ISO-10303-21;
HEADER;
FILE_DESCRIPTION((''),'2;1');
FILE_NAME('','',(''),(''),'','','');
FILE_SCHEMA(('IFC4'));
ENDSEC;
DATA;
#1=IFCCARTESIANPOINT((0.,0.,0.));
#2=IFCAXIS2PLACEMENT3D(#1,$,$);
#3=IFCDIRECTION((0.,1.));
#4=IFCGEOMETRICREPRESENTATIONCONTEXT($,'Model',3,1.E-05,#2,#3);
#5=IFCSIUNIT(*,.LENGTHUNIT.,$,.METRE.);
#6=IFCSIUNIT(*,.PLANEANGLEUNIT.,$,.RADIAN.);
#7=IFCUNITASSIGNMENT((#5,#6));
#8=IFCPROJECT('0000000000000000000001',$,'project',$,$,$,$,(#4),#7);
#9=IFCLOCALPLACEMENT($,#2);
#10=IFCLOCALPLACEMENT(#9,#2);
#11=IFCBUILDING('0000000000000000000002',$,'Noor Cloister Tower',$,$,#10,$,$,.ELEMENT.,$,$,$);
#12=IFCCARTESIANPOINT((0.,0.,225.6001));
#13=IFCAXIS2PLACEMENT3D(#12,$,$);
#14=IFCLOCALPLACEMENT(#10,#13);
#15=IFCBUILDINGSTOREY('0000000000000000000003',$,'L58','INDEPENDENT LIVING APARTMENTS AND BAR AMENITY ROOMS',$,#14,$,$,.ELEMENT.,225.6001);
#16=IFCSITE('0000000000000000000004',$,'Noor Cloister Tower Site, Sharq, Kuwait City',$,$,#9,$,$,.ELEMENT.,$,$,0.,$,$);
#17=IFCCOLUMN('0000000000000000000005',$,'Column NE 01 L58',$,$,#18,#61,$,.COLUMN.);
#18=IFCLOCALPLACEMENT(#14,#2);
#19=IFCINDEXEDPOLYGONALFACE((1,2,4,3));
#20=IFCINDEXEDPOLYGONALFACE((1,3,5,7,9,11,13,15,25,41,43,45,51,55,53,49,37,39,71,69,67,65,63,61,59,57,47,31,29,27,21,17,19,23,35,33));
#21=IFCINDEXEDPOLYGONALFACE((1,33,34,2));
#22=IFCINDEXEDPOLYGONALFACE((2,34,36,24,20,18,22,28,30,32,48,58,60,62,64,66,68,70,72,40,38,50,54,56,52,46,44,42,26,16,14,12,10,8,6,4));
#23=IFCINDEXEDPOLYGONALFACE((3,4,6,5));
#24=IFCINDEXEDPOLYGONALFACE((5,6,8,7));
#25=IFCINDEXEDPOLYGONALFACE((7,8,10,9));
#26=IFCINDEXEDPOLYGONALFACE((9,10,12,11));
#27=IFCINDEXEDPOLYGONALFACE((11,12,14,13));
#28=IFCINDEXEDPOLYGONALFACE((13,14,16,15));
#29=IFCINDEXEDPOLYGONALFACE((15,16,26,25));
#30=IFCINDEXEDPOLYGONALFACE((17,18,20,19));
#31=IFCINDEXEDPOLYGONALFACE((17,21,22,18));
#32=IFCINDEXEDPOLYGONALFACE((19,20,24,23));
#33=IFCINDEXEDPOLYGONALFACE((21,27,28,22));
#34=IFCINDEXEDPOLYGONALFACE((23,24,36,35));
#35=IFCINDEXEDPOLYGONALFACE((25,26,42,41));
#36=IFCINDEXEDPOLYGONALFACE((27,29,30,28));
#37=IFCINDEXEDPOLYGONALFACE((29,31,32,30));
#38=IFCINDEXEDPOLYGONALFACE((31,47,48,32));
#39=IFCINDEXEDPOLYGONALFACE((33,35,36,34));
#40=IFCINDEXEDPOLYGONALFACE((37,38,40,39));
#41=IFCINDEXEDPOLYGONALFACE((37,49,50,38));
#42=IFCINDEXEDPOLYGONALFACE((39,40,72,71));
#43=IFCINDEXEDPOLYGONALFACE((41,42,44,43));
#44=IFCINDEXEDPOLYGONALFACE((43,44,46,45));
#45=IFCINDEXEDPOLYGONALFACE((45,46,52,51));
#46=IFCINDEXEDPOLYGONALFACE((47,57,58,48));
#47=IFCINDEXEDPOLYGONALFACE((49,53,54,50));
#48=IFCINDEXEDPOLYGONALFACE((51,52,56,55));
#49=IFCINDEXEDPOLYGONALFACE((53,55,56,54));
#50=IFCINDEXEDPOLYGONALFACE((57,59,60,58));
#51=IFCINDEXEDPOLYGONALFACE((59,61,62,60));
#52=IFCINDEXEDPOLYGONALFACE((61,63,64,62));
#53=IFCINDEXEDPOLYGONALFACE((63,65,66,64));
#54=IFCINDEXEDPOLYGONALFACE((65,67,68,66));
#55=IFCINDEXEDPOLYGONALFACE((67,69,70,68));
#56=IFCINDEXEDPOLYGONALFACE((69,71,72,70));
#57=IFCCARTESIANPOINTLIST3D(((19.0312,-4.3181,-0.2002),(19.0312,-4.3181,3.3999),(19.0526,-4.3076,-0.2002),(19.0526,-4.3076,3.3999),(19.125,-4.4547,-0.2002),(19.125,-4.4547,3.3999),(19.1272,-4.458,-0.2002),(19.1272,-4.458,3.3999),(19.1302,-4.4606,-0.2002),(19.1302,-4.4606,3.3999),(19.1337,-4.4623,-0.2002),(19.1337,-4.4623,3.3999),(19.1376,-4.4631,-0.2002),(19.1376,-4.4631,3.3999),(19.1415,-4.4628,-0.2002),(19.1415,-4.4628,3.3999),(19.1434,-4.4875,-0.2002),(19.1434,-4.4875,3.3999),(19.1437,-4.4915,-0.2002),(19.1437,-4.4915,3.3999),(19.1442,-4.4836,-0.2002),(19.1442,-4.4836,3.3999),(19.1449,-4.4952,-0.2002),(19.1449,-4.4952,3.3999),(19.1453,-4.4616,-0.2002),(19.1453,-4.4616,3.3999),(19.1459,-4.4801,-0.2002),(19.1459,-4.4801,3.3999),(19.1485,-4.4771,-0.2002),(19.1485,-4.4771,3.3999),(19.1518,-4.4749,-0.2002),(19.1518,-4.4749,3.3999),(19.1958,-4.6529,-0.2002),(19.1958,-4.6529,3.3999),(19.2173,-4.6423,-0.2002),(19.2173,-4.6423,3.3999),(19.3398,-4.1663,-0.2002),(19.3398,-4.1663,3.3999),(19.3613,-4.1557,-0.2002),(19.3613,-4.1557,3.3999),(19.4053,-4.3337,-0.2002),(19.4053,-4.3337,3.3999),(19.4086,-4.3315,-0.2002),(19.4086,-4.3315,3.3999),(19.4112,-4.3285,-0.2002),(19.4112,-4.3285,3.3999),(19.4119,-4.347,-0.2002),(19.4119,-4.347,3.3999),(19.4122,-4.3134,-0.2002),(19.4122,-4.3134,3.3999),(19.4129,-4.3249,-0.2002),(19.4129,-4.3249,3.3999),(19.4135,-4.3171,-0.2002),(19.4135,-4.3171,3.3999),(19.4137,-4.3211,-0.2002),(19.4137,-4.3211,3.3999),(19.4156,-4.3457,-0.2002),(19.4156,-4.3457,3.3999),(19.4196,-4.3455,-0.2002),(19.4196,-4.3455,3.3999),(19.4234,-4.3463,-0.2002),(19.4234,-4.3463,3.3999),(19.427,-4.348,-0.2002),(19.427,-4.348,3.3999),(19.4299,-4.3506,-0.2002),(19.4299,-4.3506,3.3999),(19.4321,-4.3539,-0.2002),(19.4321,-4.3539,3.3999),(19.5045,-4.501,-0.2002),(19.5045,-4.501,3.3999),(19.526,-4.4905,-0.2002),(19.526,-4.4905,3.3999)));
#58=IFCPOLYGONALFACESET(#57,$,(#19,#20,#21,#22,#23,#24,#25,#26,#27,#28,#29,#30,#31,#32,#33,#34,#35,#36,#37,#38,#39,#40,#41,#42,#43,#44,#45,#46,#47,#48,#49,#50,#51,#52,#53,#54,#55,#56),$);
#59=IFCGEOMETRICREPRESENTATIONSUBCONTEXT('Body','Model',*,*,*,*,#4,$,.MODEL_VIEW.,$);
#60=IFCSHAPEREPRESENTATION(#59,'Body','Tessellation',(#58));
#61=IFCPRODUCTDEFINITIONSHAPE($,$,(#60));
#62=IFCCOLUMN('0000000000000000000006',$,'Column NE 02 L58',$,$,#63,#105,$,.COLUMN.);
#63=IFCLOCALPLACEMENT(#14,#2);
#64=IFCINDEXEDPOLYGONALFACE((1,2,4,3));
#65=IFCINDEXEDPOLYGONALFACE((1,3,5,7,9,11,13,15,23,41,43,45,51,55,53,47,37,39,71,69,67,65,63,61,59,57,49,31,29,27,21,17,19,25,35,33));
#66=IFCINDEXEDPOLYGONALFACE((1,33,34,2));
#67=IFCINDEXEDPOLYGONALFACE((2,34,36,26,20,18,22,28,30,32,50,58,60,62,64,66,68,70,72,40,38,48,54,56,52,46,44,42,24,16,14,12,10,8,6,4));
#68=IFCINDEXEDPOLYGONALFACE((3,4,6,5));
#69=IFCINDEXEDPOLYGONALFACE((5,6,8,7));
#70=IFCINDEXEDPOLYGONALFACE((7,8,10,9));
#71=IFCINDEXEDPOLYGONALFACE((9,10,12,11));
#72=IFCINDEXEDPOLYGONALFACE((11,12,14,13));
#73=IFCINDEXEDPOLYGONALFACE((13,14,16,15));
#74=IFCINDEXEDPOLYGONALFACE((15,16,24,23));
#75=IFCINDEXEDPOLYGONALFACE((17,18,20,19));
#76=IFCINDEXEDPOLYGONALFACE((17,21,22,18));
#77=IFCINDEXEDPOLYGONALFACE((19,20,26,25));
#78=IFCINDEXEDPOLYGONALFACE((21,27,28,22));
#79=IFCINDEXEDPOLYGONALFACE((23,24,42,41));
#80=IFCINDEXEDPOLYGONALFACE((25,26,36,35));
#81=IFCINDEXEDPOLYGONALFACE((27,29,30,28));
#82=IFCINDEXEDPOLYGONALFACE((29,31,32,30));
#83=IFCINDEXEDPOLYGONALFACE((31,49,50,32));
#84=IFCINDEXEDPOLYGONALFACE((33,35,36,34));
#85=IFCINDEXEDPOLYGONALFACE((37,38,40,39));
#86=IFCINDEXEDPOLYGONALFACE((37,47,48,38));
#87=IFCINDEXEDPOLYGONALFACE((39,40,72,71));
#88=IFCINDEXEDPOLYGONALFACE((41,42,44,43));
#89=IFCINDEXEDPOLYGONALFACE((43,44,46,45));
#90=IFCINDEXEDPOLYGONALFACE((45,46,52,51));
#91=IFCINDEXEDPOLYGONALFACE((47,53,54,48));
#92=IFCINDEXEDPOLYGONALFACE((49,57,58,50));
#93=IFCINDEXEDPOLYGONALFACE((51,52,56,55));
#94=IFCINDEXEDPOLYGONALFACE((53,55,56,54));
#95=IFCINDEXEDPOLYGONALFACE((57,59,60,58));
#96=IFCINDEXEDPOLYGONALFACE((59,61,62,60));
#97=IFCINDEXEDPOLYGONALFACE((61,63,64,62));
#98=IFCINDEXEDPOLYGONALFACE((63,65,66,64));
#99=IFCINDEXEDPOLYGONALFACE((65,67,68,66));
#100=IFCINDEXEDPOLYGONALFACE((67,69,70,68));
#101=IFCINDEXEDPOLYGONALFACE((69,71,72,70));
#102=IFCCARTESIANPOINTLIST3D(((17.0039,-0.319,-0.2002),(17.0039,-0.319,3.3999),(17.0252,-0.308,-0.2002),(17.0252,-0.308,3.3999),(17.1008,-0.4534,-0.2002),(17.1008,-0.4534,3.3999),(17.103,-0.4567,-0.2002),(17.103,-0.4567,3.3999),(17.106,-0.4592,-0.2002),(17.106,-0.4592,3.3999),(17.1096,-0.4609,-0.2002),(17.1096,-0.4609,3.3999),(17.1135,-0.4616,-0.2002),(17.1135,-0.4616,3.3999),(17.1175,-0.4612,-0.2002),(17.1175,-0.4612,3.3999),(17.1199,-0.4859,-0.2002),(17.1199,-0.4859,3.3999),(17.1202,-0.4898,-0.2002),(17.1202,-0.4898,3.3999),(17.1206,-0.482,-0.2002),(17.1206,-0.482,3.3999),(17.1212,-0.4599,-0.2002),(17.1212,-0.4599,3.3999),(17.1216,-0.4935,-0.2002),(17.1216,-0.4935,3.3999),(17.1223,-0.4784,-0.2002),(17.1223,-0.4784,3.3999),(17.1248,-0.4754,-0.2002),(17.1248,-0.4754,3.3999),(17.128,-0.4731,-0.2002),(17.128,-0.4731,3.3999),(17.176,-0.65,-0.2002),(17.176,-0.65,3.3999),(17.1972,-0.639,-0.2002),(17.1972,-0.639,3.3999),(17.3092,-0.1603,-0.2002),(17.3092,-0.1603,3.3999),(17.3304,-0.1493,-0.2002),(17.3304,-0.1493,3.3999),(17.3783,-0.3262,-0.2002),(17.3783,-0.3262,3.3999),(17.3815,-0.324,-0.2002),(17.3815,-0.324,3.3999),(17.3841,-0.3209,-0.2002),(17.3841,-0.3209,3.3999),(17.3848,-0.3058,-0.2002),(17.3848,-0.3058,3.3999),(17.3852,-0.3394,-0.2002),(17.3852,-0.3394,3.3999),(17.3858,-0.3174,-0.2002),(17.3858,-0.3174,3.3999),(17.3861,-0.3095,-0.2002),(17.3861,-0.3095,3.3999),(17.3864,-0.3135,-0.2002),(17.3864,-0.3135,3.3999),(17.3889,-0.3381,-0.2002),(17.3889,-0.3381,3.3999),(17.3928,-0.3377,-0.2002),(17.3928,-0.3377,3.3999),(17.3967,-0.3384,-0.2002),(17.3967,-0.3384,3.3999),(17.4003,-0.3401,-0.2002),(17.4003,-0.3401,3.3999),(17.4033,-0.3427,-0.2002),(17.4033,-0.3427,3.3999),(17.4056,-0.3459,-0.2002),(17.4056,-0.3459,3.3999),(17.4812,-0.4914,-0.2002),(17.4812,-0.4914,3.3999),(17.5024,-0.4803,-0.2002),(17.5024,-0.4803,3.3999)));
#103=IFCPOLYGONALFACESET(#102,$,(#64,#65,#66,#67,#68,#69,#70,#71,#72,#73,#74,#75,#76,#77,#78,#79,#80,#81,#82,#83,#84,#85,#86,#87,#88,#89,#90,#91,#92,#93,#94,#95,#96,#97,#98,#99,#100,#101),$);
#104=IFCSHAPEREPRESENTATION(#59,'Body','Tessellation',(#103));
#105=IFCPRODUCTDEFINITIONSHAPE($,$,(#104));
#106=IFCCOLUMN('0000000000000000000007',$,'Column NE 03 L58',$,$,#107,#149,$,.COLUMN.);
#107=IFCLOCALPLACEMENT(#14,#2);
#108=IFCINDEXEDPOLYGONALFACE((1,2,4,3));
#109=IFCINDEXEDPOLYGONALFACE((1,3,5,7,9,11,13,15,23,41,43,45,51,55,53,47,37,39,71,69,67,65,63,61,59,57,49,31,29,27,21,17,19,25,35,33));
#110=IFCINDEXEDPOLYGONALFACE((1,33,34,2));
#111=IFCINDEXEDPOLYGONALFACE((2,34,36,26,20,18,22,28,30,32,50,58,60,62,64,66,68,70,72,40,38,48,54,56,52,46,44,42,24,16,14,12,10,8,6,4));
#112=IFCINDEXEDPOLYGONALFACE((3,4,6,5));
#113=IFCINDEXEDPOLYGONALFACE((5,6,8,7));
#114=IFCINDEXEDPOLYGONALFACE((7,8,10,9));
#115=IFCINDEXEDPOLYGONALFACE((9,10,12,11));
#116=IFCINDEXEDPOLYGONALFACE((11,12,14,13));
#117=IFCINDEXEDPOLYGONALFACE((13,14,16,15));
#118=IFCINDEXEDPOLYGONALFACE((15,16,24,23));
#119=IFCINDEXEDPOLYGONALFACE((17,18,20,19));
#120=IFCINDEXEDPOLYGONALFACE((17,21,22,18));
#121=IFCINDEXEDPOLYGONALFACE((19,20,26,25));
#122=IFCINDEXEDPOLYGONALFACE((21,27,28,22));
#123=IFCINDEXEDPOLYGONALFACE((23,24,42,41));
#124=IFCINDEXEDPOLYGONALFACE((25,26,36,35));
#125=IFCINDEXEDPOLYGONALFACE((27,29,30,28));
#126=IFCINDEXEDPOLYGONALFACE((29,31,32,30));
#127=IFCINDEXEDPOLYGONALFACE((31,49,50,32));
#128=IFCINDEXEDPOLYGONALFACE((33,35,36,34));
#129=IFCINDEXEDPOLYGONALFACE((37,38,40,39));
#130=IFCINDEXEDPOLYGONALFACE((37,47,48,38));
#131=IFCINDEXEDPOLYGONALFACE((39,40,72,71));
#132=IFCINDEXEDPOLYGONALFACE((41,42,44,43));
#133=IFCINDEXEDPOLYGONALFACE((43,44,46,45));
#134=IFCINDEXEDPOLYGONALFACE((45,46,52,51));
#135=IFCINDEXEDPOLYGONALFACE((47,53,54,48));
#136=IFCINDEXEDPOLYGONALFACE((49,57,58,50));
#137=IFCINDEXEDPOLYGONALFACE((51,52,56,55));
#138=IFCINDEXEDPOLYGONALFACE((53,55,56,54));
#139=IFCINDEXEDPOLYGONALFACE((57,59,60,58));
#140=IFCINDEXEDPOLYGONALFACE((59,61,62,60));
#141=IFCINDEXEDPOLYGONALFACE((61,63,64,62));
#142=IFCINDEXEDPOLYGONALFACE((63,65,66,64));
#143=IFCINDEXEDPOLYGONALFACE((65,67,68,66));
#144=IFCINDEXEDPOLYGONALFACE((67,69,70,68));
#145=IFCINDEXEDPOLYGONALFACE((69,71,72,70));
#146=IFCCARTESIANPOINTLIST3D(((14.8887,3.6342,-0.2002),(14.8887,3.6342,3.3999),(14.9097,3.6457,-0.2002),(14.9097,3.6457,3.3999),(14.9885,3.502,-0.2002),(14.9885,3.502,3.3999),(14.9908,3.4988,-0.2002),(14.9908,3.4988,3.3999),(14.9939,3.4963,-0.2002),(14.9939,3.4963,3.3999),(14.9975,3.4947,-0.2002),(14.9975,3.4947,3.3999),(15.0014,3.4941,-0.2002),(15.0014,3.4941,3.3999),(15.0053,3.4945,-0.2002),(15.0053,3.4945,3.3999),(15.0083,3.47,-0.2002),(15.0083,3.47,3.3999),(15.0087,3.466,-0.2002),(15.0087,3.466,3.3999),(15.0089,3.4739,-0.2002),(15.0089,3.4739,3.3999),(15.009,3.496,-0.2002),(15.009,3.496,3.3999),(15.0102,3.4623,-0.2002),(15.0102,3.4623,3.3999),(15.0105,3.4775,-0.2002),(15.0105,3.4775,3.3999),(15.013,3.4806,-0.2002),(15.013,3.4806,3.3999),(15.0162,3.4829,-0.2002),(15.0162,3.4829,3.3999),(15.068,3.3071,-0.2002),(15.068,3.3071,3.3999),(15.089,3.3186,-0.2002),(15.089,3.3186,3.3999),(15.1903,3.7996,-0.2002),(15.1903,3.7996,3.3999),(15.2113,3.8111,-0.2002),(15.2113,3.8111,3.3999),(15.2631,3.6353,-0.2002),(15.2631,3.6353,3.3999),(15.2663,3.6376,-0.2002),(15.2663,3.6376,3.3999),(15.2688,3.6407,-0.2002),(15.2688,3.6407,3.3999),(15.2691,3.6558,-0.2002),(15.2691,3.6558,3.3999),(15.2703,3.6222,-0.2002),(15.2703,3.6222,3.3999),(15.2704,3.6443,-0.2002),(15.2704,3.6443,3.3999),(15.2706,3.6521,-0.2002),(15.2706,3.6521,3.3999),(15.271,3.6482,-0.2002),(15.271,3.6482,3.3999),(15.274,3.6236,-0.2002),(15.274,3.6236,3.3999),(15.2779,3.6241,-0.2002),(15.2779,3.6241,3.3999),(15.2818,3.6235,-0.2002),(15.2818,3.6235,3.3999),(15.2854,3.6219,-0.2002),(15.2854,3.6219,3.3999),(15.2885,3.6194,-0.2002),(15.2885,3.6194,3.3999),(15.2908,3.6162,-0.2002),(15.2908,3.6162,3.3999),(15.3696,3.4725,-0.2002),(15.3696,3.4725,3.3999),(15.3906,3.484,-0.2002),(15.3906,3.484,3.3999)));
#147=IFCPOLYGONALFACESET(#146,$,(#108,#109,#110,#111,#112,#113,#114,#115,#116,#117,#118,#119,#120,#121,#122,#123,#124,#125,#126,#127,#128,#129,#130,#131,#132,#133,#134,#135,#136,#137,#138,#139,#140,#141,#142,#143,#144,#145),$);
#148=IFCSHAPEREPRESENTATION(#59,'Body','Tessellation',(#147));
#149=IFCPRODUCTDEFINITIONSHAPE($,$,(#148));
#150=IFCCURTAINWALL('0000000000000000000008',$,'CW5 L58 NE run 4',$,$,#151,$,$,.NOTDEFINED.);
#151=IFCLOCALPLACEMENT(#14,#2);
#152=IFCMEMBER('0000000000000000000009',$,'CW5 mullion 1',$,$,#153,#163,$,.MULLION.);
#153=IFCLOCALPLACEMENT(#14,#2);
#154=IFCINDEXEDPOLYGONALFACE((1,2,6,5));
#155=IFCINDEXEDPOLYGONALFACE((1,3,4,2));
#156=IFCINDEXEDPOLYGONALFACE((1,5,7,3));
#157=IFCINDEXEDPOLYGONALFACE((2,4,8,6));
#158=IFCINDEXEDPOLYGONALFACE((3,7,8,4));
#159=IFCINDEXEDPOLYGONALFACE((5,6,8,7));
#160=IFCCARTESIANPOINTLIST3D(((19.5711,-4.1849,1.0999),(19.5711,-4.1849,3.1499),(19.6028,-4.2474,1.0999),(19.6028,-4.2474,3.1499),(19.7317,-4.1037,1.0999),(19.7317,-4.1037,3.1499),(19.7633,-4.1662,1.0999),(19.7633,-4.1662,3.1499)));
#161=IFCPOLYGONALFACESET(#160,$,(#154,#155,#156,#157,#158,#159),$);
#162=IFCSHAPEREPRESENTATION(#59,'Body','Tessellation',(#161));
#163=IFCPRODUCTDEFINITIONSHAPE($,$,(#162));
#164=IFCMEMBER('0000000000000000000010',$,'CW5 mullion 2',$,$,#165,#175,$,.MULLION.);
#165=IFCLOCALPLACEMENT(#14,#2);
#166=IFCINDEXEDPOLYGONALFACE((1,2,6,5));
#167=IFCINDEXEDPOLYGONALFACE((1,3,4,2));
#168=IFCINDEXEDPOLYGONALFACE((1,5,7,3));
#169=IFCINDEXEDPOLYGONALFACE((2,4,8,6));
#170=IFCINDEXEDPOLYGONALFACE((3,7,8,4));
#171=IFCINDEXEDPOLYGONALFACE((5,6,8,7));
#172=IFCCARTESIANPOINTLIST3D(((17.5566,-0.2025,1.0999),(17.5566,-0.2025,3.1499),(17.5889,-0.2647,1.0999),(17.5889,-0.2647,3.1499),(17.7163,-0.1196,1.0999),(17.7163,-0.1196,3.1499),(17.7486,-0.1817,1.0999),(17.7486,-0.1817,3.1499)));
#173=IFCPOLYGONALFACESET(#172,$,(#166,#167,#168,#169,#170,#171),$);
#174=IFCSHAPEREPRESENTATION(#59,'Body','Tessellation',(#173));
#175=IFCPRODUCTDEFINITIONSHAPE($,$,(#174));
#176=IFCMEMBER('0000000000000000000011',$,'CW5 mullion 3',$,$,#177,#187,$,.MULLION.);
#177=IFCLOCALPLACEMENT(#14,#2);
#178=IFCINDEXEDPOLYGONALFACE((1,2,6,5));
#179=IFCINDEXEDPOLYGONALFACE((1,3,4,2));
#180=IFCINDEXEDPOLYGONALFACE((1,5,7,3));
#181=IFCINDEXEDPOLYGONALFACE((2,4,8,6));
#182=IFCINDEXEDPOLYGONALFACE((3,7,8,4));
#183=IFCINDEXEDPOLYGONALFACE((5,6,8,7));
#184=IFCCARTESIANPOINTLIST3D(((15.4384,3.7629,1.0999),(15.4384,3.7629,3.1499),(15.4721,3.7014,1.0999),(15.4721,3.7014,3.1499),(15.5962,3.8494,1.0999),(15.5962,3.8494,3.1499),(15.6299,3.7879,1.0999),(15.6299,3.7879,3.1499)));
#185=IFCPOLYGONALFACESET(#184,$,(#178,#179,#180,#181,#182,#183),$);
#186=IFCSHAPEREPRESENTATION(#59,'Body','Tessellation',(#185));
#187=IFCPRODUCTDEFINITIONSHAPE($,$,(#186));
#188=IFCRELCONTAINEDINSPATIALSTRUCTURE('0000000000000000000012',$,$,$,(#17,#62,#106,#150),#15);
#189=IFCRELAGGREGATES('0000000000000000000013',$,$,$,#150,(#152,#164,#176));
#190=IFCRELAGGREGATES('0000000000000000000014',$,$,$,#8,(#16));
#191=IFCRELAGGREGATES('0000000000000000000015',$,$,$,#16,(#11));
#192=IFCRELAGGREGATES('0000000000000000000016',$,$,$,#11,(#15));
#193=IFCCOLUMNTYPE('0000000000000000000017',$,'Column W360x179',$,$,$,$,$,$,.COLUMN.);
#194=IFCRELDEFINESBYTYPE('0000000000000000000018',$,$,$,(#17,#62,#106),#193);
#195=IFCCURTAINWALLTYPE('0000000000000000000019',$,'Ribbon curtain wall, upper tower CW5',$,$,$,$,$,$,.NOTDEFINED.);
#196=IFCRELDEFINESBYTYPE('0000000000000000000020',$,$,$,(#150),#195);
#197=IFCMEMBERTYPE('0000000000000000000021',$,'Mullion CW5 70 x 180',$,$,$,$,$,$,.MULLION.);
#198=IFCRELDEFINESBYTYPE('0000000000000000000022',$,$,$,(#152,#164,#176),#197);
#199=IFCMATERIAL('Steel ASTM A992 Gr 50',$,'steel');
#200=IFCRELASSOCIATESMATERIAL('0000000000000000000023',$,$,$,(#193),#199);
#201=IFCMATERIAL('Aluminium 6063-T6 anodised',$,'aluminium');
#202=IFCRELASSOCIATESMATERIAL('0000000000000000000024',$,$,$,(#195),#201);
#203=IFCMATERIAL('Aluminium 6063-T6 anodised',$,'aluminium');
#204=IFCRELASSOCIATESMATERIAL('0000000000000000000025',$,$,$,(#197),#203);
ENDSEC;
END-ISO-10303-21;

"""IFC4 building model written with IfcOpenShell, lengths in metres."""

from ifc_helpers import new_model, si_unit, direction, frame, origin, origin_2d, place, context, subcontext, project, spatial, rectangle, i_section, extrude, material, material_profile, profile_set, type_object, element, aggregate, save


model = new_model("IFC4")

# Units and contexts
model_context = context("Model", 3, precision=1e-05, world=origin(), true_north=direction((0.0, 1.0)))
body_context = subcontext(model_context, "Body", "Model", "MODEL_VIEW")
ifc_project = project(units=[si_unit("LENGTHUNIT", "METRE"), si_unit("PLANEANGLEUNIT", "RADIAN")], contexts=[model_context])

# Site, building, storey
site_placement = place(None, origin())
site = spatial("IfcSite", under=ifc_project, at=site_placement, Name="Noor Cloister Tower Site, Sharq, Kuwait City", CompositionType="ELEMENT", RefElevation=0.0)
building_placement = place(site_placement, origin())
building = spatial("IfcBuilding", under=site, at=building_placement, Name="Noor Cloister Tower", CompositionType="ELEMENT")
storey_placement = place(building_placement, frame((0.0, 0.0, 225.6001)))
storey = spatial("IfcBuildingStorey", under=building, at=storey_placement, Name="L58", Description="INDEPENDENT LIVING APARTMENTS AND BAR AMENITY ROOMS", CompositionType="ELEMENT", Elevation=225.6001)

# Columns
ifc_material_1 = material(Name="Steel ASTM A992 Gr 50", Category="steel")
ifc_material_profile_1 = material_profile(ifc_material_1, i_section(OverallWidth=0.373, OverallDepth=0.3679, WebThickness=0.0149, FlangeThickness=0.0239, FilletRadius=0.0151, at=origin_2d()), Name="W360x179")
ifc_profile_set_1 = profile_set([ifc_material_profile_1], Name="Steel ASTM A992 Gr 50")
column_type = type_object("IfcColumnType", Name="Column W360x179", PredefinedType="COLUMN", material=ifc_profile_set_1)
for number, where, z_axis, x_axis, name in (
    (1, (19.2786, -4.4043, -0.2002), (0.0, 0.0, 1.0), (-0.441436, 0.897293, 0.0), "Column NE 01 L58"),
    (2, (17.2532, -0.3997, -0.2002), (0.0, 0.0, 1.0), (-0.461186, 0.887303, 0.0), "Column NE 02 L58"),
    (3, (15.1396, 3.5591, -0.2002), (0.0, 0.0, 1.0), (-0.480711, 0.876879, 0.0), "Column NE 03 L58"),
):
    element("IfcColumn", number, at=place(storey_placement, frame(where, z_axis=z_axis, x_axis=x_axis)), inside=storey, type_object=column_type, Name=name, PredefinedType="COLUMN", context=body_context, shape_type="SweptSolid", body=[
        extrude(i_section(OverallWidth=0.373, OverallDepth=0.3679, WebThickness=0.0149, FlangeThickness=0.0239, FilletRadius=0.0151, at=origin_2d()), origin(), (0.0, 0.0, 1.0), 3.6001),
    ])

# Curtain wall, members
ifc_material_2 = material(Name="Aluminium 6063-T6 anodised", Category="aluminium")
curtain_wall_type = type_object("IfcCurtainWallType", Name="Ribbon curtain wall, upper tower CW5", PredefinedType="NOTDEFINED", material=ifc_material_2)
curtain_wall_placement = place(storey_placement, origin())
curtain_wall = element("IfcCurtainWall", 4, at=curtain_wall_placement, inside=storey, type_object=curtain_wall_type, Name="CW5 L58 NE run 4", PredefinedType="NOTDEFINED")
ifc_material_3 = material(Name="Aluminium 6063-T6 anodised", Category="aluminium")
ifc_material_profile_2 = material_profile(ifc_material_3, rectangle(XDim=0.1799, YDim=0.0701, at=origin_2d()), Name="180 x 70 mullion")
ifc_profile_set_2 = profile_set([ifc_material_profile_2], Name="Aluminium 6063-T6 anodised")
member_type = type_object("IfcMemberType", Name="Mullion CW5 70 x 180", PredefinedType="MULLION", material=ifc_profile_set_2)
member_1_placement = place(storey_placement, frame((19.6672, -4.1755, 1.0999), z_axis=(0.0, 0.0, 1.0), x_axis=(-0.892353, -0.451339, 0.0)))
member_1 = element("IfcMember", 5, at=member_1_placement, type_object=member_type, Name="CW5 mullion 1", PredefinedType="MULLION", context=body_context, shape_type="SweptSolid", body=[
    extrude(rectangle(XDim=0.1799, YDim=0.0701, at=origin_2d()), origin(), (0.0, 0.0, 1.0), 2.05),
])
member_2_placement = place(storey_placement, frame((17.6526, -0.1921, 1.0999), z_axis=(0.0, 0.0, 1.0), x_axis=(-0.887303, -0.461186, 0.0)))
member_2 = element("IfcMember", 6, at=member_2_placement, type_object=member_type, Name="CW5 mullion 2", PredefinedType="MULLION", context=body_context, shape_type="SweptSolid", body=[
    extrude(rectangle(XDim=0.1799, YDim=0.0701, at=origin_2d()), origin(), (0.0, 0.0, 1.0), 2.05),
])
member_3_placement = place(storey_placement, frame((15.5342, 3.7754, 1.0999), z_axis=(0.0, 0.0, 1.0), x_axis=(-0.876879, -0.480711, 0.0)))
member_3 = element("IfcMember", 7, at=member_3_placement, type_object=member_type, Name="CW5 mullion 3", PredefinedType="MULLION", context=body_context, shape_type="SweptSolid", body=[
    extrude(rectangle(XDim=0.1799, YDim=0.0701, at=origin_2d()), origin(), (0.0, 0.0, 1.0), 2.05),
])

aggregate(curtain_wall, [member_1, member_2, member_3])

save(model, "model.ifc")
